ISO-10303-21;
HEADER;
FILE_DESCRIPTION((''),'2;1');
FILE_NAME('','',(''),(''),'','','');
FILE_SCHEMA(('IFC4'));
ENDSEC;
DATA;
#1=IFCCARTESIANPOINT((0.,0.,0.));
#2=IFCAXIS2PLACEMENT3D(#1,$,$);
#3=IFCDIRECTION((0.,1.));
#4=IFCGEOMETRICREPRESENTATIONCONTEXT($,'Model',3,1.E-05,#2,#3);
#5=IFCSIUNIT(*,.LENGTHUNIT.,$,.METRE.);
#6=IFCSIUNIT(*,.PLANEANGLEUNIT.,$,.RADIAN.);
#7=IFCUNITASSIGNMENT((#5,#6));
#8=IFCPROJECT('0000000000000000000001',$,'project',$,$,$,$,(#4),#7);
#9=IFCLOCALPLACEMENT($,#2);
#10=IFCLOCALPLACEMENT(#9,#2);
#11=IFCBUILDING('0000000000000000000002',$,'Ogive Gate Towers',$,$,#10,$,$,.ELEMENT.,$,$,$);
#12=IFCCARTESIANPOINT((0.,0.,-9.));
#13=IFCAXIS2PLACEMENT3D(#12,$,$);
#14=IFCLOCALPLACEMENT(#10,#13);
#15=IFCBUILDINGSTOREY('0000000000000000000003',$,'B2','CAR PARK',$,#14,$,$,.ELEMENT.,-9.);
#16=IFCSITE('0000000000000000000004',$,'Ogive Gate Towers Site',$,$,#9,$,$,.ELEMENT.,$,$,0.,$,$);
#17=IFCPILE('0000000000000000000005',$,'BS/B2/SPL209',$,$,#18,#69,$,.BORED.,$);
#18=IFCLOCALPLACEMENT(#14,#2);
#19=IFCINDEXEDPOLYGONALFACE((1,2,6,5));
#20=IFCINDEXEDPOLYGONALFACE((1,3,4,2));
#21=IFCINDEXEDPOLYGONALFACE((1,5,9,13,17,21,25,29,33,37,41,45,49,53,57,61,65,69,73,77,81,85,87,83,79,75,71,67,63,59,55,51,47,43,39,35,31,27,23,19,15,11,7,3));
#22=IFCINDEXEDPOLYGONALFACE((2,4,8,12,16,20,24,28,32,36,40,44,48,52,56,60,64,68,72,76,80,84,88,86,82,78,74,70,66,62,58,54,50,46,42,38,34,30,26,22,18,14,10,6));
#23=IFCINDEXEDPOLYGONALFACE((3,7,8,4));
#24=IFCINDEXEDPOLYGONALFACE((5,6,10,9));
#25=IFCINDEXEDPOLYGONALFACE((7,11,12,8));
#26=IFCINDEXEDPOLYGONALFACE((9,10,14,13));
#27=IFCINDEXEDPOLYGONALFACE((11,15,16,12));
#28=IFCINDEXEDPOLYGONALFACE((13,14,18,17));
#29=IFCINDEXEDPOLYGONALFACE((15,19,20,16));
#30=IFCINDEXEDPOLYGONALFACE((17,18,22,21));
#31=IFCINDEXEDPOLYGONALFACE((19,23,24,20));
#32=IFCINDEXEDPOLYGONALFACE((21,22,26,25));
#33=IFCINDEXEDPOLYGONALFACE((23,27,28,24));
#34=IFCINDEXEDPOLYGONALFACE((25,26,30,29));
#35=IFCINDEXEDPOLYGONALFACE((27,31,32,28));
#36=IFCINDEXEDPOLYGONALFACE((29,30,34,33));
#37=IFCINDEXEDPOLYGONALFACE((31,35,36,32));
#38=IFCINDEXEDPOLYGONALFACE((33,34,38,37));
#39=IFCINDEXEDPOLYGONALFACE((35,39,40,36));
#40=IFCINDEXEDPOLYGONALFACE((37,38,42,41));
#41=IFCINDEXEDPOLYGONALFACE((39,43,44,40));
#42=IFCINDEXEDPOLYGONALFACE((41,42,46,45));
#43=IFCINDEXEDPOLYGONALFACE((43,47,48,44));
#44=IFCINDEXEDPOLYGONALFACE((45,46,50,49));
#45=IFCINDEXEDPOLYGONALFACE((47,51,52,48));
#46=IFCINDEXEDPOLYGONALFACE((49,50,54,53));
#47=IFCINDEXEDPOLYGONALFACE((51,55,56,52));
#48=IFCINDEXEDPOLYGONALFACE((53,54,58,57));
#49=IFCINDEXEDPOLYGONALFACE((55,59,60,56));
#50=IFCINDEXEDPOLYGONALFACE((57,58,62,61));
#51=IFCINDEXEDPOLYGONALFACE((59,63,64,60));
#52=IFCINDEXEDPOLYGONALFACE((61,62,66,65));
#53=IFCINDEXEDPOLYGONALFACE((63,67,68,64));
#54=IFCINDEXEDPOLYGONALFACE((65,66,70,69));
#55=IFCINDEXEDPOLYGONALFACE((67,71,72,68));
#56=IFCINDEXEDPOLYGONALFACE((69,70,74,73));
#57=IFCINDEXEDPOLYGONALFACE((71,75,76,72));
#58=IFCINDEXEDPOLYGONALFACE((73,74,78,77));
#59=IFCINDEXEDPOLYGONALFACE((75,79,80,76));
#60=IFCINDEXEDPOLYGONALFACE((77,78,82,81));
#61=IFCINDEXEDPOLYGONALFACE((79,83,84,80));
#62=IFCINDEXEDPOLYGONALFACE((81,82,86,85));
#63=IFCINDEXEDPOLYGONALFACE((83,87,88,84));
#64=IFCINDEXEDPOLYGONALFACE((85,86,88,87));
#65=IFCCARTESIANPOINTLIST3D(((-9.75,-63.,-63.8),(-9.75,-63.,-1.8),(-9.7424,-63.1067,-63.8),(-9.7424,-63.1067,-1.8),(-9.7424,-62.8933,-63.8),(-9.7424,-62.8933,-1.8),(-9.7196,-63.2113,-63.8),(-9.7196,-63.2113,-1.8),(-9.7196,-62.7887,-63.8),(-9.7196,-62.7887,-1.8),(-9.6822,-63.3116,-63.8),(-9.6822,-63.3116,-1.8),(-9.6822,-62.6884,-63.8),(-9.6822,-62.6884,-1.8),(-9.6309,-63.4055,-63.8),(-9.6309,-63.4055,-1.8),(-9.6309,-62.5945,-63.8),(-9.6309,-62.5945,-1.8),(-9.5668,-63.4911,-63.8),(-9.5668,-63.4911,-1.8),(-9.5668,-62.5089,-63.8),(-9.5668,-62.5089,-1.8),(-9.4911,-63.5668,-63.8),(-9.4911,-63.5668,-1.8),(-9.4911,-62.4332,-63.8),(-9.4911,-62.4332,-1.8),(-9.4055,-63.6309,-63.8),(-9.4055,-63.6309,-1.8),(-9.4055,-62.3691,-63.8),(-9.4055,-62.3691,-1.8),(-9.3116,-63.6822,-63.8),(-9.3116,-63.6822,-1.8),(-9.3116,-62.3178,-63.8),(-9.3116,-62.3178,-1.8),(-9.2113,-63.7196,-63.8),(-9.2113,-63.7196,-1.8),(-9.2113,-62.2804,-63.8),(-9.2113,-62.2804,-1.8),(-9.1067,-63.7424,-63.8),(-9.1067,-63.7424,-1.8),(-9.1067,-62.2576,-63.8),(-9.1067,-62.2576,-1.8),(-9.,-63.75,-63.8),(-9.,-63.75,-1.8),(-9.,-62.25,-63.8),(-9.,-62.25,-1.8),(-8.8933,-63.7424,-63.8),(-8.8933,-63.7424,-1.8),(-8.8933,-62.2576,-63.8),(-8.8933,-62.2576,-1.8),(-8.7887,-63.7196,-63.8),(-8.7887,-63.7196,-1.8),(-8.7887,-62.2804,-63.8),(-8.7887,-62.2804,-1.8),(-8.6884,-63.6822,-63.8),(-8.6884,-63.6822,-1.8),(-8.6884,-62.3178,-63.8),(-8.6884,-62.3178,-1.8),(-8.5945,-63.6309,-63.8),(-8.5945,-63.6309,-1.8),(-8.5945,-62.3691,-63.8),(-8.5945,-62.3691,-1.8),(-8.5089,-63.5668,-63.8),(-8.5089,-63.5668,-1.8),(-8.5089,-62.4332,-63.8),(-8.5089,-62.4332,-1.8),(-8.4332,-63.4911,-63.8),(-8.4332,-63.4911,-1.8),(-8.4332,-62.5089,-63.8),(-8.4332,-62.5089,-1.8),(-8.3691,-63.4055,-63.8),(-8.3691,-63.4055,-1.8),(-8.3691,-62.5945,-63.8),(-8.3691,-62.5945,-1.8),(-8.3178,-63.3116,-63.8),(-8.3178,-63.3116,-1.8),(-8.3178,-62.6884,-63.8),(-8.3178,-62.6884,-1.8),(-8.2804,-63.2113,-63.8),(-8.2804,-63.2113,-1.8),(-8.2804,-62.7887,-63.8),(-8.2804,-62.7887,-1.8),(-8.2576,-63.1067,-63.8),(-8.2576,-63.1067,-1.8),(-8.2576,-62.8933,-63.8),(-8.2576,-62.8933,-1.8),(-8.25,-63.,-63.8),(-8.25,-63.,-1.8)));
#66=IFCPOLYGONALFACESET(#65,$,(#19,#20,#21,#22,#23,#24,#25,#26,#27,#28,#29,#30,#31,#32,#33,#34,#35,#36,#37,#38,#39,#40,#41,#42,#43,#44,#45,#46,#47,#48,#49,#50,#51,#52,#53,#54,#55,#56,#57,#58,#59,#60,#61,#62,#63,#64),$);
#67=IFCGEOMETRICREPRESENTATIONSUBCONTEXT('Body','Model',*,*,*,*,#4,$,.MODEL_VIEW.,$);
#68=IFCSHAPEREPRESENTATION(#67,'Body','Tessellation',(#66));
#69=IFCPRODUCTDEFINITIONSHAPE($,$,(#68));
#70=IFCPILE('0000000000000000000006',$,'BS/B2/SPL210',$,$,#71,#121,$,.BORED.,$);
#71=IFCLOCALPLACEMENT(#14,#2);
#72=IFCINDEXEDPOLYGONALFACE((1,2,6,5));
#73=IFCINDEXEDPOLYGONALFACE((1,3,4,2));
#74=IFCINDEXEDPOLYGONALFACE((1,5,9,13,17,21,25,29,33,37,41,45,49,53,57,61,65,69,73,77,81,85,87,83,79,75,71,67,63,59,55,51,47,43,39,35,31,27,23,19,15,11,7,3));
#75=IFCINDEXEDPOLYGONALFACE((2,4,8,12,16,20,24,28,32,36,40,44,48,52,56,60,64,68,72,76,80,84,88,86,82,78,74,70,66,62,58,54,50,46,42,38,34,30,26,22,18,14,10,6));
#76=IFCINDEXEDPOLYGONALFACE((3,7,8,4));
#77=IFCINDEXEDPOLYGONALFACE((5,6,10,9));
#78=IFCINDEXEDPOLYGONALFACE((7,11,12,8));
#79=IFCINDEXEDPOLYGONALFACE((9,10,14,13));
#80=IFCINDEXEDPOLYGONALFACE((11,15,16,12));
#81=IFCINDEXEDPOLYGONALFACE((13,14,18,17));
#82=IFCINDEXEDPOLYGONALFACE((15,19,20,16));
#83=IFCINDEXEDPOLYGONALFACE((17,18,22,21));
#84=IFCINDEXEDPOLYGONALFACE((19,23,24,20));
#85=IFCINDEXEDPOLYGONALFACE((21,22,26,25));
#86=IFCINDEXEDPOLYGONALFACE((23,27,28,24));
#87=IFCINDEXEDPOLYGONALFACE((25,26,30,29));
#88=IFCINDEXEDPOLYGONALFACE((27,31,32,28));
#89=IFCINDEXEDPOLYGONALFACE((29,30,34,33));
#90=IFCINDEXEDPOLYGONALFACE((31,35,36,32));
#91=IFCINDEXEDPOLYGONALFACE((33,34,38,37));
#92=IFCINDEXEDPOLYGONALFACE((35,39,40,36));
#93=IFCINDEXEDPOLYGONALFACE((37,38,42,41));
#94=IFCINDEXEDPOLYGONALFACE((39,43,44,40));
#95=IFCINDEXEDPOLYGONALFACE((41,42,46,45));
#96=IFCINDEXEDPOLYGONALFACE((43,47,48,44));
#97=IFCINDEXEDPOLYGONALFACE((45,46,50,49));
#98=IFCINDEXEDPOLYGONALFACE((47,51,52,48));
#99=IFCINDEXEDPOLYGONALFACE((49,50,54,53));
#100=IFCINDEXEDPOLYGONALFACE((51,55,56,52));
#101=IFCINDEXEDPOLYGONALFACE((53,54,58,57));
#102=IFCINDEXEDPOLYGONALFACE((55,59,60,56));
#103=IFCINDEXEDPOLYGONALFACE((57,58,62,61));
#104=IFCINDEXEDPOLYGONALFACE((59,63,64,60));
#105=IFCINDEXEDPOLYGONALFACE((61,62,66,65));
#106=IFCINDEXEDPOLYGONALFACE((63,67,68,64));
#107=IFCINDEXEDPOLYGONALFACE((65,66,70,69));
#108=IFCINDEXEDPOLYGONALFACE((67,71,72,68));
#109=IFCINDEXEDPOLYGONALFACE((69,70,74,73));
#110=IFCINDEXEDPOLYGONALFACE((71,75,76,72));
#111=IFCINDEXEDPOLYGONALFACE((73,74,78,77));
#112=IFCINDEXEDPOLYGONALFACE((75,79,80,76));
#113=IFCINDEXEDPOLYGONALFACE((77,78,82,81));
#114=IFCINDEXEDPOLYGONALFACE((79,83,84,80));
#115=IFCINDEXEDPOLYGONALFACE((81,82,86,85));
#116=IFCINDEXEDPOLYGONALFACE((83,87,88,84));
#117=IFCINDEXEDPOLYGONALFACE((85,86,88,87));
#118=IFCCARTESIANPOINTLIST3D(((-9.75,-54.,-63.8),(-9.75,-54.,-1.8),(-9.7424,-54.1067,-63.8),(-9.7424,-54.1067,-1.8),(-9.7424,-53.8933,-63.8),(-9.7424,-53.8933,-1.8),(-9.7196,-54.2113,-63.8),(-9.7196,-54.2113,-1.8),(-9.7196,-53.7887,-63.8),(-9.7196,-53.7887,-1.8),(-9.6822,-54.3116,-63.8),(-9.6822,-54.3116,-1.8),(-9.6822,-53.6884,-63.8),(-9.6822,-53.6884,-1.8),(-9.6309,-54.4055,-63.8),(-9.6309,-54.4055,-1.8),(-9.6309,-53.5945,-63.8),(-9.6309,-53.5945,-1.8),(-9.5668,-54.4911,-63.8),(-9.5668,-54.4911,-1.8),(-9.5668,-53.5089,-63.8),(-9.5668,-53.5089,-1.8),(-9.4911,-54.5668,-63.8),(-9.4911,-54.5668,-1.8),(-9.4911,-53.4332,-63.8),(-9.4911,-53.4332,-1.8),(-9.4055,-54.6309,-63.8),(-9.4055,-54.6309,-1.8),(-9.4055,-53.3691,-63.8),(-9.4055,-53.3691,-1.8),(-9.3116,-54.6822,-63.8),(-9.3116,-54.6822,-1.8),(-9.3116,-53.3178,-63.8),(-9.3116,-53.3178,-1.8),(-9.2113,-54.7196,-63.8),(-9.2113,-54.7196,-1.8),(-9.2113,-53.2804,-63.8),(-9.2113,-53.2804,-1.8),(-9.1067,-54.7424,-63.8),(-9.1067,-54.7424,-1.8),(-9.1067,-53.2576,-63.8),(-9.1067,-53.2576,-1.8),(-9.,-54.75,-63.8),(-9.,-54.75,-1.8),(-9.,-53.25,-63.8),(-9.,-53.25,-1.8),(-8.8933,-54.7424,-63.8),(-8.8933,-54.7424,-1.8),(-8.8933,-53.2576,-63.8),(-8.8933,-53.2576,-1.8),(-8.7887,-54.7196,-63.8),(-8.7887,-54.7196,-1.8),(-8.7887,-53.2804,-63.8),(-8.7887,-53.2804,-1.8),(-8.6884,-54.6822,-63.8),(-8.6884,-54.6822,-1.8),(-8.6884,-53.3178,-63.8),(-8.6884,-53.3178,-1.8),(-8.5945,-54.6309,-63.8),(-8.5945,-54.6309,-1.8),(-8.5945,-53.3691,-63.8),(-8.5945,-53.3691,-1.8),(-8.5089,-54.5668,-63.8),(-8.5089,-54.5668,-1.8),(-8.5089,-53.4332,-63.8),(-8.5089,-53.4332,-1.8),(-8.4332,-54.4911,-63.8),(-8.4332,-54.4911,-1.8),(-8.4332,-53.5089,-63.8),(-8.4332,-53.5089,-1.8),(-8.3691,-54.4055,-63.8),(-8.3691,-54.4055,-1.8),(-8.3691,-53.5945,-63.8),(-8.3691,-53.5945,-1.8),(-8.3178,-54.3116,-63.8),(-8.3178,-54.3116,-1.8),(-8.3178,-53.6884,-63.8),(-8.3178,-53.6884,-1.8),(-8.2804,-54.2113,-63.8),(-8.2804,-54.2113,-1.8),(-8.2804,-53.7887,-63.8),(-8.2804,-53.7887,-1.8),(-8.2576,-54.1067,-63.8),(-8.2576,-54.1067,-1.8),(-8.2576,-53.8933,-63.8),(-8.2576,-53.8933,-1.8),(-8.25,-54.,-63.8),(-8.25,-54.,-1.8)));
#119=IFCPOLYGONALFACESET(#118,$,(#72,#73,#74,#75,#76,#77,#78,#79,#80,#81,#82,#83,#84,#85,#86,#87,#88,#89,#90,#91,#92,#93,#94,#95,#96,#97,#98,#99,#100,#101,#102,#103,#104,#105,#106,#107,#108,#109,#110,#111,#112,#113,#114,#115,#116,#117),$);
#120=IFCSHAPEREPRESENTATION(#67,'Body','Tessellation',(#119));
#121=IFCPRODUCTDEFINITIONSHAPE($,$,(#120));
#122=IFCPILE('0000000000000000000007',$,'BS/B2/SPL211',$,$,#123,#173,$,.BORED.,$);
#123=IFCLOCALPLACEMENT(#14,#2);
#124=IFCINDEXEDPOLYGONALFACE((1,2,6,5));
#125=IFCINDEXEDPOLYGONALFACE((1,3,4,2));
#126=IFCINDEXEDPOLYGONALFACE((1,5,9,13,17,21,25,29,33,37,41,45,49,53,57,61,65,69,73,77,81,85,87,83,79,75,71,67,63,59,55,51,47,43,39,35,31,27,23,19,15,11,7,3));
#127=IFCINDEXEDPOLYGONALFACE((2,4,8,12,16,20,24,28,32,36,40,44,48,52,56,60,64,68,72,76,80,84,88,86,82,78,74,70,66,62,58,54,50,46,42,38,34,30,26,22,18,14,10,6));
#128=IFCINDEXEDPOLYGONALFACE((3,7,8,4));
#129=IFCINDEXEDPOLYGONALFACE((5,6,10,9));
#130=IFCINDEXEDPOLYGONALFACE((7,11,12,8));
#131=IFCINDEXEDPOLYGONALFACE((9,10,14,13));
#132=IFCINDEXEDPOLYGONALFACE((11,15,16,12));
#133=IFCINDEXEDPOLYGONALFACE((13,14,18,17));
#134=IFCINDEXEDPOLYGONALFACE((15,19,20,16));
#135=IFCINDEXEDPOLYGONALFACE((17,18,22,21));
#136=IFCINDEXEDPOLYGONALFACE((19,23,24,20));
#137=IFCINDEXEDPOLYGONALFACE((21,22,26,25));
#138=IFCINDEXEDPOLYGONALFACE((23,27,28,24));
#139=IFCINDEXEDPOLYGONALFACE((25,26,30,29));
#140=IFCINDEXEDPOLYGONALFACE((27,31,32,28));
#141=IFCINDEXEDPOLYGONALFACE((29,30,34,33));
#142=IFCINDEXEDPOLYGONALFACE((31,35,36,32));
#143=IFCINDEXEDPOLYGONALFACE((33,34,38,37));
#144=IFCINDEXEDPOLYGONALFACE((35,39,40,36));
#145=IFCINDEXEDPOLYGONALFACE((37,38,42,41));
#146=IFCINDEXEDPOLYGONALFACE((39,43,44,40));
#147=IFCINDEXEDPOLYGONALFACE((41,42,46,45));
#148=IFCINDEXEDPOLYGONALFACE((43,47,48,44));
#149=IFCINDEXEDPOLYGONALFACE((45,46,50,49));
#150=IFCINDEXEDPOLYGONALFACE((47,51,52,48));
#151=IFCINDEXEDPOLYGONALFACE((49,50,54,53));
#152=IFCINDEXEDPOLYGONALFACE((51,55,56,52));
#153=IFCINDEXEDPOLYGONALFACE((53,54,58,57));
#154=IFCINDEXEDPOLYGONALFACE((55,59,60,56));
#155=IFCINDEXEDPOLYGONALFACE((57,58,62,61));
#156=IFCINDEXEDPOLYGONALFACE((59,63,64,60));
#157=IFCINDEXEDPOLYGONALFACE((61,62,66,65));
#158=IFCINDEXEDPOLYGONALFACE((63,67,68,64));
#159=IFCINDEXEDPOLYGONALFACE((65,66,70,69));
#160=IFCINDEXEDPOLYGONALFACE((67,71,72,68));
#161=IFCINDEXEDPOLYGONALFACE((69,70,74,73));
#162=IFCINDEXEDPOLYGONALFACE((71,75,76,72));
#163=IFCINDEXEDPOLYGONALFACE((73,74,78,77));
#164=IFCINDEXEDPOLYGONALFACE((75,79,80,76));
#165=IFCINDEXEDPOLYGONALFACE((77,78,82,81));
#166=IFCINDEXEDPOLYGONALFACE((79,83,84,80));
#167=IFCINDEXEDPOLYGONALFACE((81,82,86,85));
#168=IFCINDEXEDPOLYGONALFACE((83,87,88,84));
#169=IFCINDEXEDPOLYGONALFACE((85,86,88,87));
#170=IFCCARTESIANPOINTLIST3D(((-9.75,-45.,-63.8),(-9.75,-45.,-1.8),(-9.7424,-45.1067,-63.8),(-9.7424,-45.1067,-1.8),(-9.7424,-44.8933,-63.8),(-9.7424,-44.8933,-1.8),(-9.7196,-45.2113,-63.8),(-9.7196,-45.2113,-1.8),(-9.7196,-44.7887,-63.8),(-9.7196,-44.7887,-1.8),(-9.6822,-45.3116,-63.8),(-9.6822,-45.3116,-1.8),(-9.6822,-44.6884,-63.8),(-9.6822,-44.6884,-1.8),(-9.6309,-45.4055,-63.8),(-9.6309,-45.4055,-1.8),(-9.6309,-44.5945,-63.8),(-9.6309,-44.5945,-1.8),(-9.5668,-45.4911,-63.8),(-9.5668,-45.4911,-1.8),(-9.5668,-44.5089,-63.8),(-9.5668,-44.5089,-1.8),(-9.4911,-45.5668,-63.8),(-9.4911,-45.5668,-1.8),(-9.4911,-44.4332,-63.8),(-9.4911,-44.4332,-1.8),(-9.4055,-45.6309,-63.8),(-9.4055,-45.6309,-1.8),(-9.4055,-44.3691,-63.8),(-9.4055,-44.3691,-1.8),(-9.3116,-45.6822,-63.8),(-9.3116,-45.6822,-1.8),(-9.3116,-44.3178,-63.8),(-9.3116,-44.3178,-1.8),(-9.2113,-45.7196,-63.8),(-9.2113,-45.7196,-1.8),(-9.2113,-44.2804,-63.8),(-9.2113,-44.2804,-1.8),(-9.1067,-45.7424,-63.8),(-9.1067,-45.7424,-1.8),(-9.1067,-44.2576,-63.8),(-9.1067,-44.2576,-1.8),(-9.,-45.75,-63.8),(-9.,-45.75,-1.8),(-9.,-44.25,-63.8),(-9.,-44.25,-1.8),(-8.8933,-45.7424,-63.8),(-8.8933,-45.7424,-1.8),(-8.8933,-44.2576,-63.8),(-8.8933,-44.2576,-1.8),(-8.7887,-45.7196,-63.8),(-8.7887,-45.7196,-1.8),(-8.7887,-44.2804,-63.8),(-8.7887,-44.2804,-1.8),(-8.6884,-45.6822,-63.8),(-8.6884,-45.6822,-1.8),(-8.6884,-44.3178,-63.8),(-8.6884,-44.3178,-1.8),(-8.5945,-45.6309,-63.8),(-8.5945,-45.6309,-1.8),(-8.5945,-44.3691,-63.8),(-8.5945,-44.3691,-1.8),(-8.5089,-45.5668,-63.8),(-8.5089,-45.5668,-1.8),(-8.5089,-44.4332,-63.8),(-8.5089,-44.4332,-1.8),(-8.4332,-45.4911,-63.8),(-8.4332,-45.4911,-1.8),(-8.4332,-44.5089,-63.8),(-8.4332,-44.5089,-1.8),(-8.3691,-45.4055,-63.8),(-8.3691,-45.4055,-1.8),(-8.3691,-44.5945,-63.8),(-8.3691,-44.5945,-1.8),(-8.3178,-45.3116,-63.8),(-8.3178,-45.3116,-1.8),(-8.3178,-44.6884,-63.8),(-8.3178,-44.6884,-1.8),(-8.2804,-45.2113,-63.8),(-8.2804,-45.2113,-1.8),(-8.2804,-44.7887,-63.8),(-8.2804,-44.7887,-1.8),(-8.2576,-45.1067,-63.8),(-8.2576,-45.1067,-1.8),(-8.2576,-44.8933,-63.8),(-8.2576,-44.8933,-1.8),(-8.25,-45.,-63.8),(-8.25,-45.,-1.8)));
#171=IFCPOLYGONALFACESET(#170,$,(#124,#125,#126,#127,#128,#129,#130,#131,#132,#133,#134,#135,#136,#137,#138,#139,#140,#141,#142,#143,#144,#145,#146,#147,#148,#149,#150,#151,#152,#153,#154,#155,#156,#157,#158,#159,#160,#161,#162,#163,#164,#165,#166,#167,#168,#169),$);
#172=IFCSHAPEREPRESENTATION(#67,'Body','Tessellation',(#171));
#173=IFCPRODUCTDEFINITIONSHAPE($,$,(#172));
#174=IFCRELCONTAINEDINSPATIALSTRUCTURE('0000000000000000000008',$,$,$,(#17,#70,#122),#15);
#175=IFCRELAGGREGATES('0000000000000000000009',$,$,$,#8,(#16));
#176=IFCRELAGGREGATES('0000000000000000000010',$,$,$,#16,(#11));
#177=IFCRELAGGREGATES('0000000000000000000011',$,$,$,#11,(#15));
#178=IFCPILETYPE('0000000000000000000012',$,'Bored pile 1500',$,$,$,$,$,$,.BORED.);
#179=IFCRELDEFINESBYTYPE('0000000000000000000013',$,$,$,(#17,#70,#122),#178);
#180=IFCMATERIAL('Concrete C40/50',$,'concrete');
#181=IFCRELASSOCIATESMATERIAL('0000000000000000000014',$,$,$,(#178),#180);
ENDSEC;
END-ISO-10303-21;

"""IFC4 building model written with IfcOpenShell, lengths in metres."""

from ifc_helpers import new_model, si_unit, direction, frame, origin, origin_2d, place, context, subcontext, project, spatial, circle, extrude, material, material_profile, profile_set, type_object, element, save


model = new_model("IFC4")

# Units and contexts
model_context = context("Model", 3, precision=1e-05, world=origin(), true_north=direction((0.0, 1.0)))
body_context = subcontext(model_context, "Body", "Model", "MODEL_VIEW")
ifc_project = project(units=[si_unit("LENGTHUNIT", "METRE"), si_unit("PLANEANGLEUNIT", "RADIAN")], contexts=[model_context])

# Site, building, storey
site_placement = place(None, origin())
site = spatial("IfcSite", under=ifc_project, at=site_placement, Name="Ogive Gate Towers Site", CompositionType="ELEMENT", RefElevation=0.0)
building_placement = place(site_placement, origin())
building = spatial("IfcBuilding", under=site, at=building_placement, Name="Ogive Gate Towers", CompositionType="ELEMENT")
storey_placement = place(building_placement, frame((0.0, 0.0, -9.0)))
storey = spatial("IfcBuildingStorey", under=building, at=storey_placement, Name="B2", Description="CAR PARK", CompositionType="ELEMENT", Elevation=-9.0)

# Piles
ifc_material_1 = material(Name="Concrete C40/50", Category="concrete")
ifc_material_profile_1 = material_profile(ifc_material_1, circle(Radius=0.75, at=origin_2d()), Name="BP 1500")
ifc_profile_set_1 = profile_set([ifc_material_profile_1], Name="Concrete C40/50")
pile_type = type_object("IfcPileType", Name="Bored pile 1500", PredefinedType="BORED", material=ifc_profile_set_1)
for number, where, z_axis, x_axis, name in (
    (1, (-9.0, -63.0, -1.8), (0.0, 0.0, -1.0), (1.0, 0.0, 0.0), "BS/B2/SPL209"),
    (2, (-9.0, -54.0, -1.8), (0.0, 0.0, -1.0), (1.0, 0.0, 0.0), "BS/B2/SPL210"),
    (3, (-9.0, -45.0, -1.8), (0.0, 0.0, -1.0), (1.0, 0.0, 0.0), "BS/B2/SPL211"),
):
    element("IfcPile", number, at=place(storey_placement, frame(where, z_axis=z_axis, x_axis=x_axis)), inside=storey, type_object=pile_type, Name=name, PredefinedType="BORED", context=body_context, shape_type="SweptSolid", body=[
        extrude(circle(Radius=0.75, at=origin_2d()), origin(), (0.0, 0.0, 1.0), 62.0),
    ])

save(model, "model.ifc")
